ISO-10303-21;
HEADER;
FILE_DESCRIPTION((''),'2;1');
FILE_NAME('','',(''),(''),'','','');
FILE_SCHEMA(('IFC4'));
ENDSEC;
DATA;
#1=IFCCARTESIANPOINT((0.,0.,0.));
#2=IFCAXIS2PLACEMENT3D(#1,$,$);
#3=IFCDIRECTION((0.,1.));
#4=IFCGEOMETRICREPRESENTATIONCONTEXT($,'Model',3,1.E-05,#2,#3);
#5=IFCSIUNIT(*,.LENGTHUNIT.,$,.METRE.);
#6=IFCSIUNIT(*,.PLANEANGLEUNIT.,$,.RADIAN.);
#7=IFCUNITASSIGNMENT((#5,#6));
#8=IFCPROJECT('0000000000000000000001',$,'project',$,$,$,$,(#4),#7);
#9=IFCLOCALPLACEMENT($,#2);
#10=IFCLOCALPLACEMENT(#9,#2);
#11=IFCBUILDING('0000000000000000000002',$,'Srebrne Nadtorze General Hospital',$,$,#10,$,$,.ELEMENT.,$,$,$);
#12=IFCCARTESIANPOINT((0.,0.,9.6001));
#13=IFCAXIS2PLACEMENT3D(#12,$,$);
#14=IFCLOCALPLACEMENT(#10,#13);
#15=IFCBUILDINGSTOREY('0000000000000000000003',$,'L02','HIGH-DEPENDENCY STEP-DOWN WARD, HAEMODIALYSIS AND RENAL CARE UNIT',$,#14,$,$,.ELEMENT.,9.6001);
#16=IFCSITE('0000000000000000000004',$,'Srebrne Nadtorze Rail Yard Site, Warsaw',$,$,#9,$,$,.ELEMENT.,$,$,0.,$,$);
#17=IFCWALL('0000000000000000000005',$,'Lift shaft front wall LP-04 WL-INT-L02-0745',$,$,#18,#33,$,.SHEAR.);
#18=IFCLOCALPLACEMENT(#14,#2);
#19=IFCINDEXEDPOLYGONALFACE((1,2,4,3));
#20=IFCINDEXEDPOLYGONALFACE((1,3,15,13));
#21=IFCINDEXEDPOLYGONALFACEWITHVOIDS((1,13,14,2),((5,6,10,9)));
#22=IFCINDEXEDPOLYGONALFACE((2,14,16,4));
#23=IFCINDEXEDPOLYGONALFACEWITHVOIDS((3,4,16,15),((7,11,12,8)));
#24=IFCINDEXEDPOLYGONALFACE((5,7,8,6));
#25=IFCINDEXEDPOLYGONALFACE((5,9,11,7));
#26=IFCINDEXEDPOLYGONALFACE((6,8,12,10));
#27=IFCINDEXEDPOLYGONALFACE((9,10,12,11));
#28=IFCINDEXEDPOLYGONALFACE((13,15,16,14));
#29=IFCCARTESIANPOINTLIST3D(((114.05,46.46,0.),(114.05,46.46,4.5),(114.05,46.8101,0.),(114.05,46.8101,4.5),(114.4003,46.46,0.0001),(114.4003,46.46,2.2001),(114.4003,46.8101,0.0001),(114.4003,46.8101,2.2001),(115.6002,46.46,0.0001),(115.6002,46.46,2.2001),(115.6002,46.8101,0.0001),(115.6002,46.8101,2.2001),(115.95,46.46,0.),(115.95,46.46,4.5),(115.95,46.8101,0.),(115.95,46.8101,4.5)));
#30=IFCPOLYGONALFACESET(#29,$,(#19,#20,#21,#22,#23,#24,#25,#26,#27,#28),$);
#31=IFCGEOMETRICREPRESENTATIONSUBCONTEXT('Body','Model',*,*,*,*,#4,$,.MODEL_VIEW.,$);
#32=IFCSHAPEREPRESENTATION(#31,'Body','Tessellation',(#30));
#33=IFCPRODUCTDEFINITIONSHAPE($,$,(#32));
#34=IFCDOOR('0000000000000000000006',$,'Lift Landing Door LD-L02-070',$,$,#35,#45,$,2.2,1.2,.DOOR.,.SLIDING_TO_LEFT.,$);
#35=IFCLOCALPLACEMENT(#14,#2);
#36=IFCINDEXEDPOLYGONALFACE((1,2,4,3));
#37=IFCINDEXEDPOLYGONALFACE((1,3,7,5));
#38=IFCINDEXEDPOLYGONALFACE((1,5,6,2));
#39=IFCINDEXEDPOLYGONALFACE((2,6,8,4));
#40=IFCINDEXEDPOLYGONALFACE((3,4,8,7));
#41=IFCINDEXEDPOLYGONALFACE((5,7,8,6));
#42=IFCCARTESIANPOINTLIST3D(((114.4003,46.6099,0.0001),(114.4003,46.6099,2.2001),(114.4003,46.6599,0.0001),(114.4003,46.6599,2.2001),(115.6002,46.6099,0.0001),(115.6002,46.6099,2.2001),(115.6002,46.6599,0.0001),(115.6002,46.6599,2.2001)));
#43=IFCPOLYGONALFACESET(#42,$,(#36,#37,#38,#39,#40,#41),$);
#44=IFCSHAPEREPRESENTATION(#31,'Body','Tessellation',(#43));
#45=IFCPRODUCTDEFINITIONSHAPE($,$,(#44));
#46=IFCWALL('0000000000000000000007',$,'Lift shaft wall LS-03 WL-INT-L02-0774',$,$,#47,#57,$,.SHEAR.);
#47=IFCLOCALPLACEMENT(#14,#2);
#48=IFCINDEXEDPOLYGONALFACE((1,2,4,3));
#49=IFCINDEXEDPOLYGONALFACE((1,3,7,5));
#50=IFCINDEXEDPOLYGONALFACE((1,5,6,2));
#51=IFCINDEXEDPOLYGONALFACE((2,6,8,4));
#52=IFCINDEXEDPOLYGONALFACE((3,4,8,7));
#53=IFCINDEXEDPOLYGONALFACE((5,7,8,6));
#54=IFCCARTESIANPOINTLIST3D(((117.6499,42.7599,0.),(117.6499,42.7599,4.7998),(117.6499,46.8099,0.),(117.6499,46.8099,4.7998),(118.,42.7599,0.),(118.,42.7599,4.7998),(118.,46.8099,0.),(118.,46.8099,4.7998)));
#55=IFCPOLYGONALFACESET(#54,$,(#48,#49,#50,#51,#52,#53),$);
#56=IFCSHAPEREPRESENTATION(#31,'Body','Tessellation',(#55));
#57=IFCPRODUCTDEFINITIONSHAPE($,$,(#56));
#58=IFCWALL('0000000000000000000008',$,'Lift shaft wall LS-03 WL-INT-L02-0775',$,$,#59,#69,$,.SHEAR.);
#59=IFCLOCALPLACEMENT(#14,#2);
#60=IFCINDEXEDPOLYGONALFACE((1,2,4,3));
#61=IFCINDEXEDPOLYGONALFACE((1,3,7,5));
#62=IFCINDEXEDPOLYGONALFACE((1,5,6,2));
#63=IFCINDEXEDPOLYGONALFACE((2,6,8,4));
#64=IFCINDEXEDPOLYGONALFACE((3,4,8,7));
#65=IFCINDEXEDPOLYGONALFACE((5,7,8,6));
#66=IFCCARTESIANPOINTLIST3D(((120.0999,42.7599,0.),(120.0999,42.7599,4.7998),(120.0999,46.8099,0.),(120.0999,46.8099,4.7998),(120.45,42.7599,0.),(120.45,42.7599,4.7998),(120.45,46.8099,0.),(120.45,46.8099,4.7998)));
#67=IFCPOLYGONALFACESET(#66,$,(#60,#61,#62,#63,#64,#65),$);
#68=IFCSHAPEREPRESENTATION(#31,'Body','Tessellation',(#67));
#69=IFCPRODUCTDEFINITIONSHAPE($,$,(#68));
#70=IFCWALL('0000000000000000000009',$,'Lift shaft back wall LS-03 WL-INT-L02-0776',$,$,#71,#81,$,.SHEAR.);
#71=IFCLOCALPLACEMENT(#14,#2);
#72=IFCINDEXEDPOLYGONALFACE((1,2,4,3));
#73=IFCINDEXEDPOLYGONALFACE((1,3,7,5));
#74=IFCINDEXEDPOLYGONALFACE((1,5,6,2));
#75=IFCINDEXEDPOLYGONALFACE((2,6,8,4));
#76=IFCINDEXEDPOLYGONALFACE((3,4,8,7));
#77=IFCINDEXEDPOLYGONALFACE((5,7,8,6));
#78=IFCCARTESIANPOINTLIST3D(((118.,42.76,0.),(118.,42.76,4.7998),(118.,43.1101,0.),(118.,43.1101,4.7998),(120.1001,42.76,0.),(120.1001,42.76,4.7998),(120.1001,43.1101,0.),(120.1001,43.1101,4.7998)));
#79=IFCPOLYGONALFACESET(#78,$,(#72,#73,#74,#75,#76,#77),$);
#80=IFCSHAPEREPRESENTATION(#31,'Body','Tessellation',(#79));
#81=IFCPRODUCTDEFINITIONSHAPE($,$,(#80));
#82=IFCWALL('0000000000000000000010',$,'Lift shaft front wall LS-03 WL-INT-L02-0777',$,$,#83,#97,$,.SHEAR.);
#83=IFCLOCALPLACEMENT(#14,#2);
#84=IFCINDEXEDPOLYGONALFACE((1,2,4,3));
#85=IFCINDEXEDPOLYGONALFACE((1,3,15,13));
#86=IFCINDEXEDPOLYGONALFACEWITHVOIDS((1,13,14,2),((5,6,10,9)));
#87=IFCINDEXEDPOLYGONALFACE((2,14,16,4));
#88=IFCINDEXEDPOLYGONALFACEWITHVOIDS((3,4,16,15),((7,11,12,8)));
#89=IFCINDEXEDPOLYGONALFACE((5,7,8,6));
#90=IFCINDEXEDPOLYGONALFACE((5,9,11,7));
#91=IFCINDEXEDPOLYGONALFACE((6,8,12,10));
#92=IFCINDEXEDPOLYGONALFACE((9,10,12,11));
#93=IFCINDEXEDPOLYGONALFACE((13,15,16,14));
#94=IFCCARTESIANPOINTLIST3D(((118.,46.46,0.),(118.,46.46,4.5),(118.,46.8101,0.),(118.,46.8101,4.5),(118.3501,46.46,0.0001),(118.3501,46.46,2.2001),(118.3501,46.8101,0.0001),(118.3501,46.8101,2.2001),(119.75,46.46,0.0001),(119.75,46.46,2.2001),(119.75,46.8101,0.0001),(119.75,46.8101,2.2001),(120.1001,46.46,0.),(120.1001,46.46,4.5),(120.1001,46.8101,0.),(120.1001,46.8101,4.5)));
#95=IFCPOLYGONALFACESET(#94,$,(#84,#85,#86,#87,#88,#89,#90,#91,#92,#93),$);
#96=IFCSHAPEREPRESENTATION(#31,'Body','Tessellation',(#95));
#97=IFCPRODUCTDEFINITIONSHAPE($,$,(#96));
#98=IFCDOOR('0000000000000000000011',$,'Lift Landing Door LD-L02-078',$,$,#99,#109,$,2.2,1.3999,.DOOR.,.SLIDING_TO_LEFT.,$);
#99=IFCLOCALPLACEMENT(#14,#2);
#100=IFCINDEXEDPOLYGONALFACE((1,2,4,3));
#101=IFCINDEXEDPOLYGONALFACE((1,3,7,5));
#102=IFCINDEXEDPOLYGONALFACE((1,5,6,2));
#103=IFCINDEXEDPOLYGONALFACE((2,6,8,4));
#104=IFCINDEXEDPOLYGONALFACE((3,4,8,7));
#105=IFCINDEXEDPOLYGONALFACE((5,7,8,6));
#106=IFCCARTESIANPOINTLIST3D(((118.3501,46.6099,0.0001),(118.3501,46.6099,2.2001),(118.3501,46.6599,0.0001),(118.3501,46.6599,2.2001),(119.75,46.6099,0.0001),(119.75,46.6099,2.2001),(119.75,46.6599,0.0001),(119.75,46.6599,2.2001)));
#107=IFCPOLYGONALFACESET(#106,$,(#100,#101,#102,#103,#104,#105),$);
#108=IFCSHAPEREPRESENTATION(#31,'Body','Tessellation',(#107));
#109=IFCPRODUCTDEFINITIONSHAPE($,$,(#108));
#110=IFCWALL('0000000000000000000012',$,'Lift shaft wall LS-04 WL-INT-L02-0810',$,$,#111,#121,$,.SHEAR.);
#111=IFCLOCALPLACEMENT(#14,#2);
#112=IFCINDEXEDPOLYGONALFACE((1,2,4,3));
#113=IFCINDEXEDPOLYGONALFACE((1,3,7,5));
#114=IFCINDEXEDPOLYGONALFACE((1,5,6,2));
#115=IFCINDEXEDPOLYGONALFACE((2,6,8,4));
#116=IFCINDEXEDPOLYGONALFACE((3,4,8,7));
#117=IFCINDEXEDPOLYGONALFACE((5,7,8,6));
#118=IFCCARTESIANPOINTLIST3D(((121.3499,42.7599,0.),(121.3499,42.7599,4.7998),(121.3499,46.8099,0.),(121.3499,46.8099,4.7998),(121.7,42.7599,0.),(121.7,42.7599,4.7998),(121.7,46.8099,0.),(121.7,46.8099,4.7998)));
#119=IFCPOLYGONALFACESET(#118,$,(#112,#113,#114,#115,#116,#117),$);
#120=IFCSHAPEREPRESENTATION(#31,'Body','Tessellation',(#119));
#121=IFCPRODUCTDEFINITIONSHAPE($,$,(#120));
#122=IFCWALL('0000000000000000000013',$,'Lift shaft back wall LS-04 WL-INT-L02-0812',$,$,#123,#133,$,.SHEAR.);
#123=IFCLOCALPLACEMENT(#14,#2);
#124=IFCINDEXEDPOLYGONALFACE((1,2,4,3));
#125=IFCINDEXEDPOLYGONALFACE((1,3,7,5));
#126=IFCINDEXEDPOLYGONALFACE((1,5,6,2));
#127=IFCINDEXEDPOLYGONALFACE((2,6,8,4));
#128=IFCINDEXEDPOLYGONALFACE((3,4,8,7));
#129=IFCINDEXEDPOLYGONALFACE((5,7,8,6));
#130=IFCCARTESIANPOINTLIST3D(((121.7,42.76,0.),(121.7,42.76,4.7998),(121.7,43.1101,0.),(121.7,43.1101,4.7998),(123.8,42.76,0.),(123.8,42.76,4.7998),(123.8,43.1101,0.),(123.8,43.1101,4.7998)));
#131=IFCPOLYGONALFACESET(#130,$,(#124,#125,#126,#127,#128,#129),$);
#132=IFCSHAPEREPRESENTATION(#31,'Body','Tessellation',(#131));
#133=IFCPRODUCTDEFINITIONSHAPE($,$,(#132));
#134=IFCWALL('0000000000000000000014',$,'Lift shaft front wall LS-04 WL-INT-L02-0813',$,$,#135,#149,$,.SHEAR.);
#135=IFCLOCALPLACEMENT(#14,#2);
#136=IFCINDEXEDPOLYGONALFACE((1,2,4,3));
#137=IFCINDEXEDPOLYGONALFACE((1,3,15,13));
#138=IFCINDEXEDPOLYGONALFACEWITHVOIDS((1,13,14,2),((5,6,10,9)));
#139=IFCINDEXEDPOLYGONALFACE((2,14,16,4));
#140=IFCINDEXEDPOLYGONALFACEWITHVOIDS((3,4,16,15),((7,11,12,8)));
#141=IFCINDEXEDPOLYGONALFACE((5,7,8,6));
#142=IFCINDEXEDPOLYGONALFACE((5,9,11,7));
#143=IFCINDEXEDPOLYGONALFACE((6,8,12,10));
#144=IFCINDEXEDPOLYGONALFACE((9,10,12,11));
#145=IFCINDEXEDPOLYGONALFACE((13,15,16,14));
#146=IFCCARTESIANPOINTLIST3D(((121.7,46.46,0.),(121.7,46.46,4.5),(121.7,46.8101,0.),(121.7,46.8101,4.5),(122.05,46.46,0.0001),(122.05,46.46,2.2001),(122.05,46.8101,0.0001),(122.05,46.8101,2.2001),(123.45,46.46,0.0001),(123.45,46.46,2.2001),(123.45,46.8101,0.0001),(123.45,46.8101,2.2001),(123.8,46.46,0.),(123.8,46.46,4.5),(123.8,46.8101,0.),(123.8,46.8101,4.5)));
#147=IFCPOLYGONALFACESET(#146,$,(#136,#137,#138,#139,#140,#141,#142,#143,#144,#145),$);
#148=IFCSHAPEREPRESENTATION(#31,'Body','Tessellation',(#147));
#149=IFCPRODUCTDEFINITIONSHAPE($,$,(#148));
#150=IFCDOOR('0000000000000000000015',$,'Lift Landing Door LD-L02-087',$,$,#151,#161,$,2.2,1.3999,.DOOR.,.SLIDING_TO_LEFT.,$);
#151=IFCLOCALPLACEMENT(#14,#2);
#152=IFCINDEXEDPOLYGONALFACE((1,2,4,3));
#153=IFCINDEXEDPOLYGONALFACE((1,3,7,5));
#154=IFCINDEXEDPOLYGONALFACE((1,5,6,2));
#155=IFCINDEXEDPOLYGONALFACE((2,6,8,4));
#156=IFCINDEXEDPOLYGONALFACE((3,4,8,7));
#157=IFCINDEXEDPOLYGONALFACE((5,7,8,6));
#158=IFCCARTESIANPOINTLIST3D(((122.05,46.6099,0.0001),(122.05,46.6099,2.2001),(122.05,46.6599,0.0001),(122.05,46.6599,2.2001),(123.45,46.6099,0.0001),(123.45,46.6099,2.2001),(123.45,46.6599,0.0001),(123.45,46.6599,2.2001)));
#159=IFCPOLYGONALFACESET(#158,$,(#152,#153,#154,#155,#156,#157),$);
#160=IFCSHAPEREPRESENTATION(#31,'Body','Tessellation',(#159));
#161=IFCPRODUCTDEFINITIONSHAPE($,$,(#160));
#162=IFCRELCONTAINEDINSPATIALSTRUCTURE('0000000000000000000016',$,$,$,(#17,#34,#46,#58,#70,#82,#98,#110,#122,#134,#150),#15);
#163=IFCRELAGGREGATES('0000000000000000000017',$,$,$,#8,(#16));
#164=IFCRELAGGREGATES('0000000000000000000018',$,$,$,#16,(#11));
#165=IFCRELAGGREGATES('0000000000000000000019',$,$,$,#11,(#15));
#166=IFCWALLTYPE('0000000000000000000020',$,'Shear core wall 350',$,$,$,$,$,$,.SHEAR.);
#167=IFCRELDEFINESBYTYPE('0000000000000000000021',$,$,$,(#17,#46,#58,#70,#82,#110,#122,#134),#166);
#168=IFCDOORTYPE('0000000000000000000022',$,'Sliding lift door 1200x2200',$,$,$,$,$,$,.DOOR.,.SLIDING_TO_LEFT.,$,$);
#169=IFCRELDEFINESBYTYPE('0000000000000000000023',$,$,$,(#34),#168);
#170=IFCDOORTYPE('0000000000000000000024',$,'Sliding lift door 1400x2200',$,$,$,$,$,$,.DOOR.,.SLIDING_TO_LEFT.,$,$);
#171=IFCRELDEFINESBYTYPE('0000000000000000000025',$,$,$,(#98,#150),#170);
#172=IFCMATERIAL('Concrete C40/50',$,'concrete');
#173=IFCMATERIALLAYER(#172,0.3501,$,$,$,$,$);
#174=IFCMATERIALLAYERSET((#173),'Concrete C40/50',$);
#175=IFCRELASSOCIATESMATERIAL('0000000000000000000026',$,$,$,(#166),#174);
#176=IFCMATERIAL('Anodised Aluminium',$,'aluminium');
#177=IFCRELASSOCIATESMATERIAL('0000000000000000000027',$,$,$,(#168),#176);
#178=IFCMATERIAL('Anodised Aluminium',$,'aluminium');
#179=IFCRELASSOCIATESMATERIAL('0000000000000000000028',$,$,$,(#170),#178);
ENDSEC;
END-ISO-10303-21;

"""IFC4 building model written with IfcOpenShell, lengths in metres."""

from ifc_helpers import new_model, si_unit, direction, frame, frame_2d, origin, place, context, subcontext, project, spatial, rectangle, extrude, material, layer, layer_set, type_object, element, fill, save


model = new_model("IFC4")

# Units and contexts
model_context = context("Model", 3, precision=1e-05, world=origin(), true_north=direction((0.0, 1.0)))
body_context = subcontext(model_context, "Body", "Model", "MODEL_VIEW")
ifc_project = project(units=[si_unit("LENGTHUNIT", "METRE"), si_unit("PLANEANGLEUNIT", "RADIAN")], contexts=[model_context])

# Site, building, storey
site_placement = place(None, origin())
site = spatial("IfcSite", under=ifc_project, at=site_placement, Name="Srebrne Nadtorze Rail Yard Site, Warsaw", CompositionType="ELEMENT", RefElevation=0.0)
building_placement = place(site_placement, origin())
building = spatial("IfcBuilding", under=site, at=building_placement, Name="Srebrne Nadtorze General Hospital", CompositionType="ELEMENT")
storey_placement = place(building_placement, frame((0.0, 0.0, 9.6001)))
storey = spatial("IfcBuildingStorey", under=building, at=storey_placement, Name="L02", Description="HIGH-DEPENDENCY STEP-DOWN WARD, HAEMODIALYSIS AND RENAL CARE UNIT", CompositionType="ELEMENT", Elevation=9.6001)

# Shared definitions
ifc_material_1 = material(Name="Concrete C40/50", Category="concrete")
ifc_layer_1 = layer(ifc_material_1, 0.3501)
ifc_layer_set_1 = layer_set([ifc_layer_1], Name="Concrete C40/50")
wall_type_1 = type_object("IfcWallType", Name="Shear core wall 350", PredefinedType="SHEAR", material=ifc_layer_set_1)

# Shared definitions
ifc_material_2 = material(Name="Anodised Aluminium", Category="aluminium")
door_type_1 = type_object("IfcDoorType", Name="Sliding lift door 1200x2200", OperationType="SLIDING_TO_LEFT", PredefinedType="DOOR", material=ifc_material_2)

# Wall, opening, door
wall_1_placement = place(storey_placement, frame((114.05, 46.635, 0.0), z_axis=(0.0, 0.0, 1.0), x_axis=(1.0, 0.0, 0.0)))
wall_1 = element("IfcWall", 1, at=wall_1_placement, inside=storey, type_object=wall_type_1, Name="Lift shaft front wall LP-04 WL-INT-L02-0745", PredefinedType="SHEAR", context=body_context, shape_type="SweptSolid", body=[
    extrude(rectangle(XDim=1.8999, YDim=0.3501, at=frame_2d((0.95, 0.0))), origin(), (0.0, 0.0, 1.0), 4.5),
])
opening_1_placement = place(wall_1_placement, frame((0.3501, 0.0, 0.0)))
opening_1 = element("IfcOpeningElement", 2, at=opening_1_placement, cuts=wall_1, PredefinedType="OPENING", context=body_context, shape_type="SweptSolid", body=[
    extrude(rectangle(XDim=1.2, YDim=2.2, at=frame_2d((0.6001, 1.1001))), frame((0.0, 0.187, 0.0), z_axis=(0.0, -1.0, 0.0), x_axis=(1.0, 0.0, 0.0)), (0.0, 0.0, 1.0), 0.374),
])
door_1_placement = place(opening_1_placement, origin())
door_1 = element("IfcDoor", 3, at=door_1_placement, inside=storey, type_object=door_type_1, Name="Lift Landing Door LD-L02-070", OperationType="SLIDING_TO_LEFT", OverallHeight=2.2, OverallWidth=1.2, PredefinedType="DOOR", context=body_context, shape_type="SweptSolid", body=[
    extrude(rectangle(XDim=1.2, YDim=2.2, at=frame_2d((0.6001, 1.1001))), frame((0.0, 0.0249, 0.0), z_axis=(0.0, -1.0, 0.0), x_axis=(1.0, 0.0, 0.0)), (0.0, 0.0, 1.0), 0.05),
])
fill(opening_1, door_1)

# Walls
for number, where, z_axis, x_axis, name in (
    (4, (117.825, 42.76, 0.0), (0.0, 0.0, 1.0), (0.0, 1.0, 0.0), "Lift shaft wall LS-03 WL-INT-L02-0774"),
    (5, (120.2749, 42.76, 0.0), (0.0, 0.0, 1.0), (0.0, 1.0, 0.0), "Lift shaft wall LS-03 WL-INT-L02-0775"),
):
    element("IfcWall", number, at=place(storey_placement, frame(where, z_axis=z_axis, x_axis=x_axis)), inside=storey, type_object=wall_type_1, Name=name, PredefinedType="SHEAR", context=body_context, shape_type="SweptSolid", body=[
        extrude(rectangle(XDim=4.05, YDim=0.3501, at=frame_2d((2.0249, 0.0))), origin(), (0.0, 0.0, 1.0), 4.7998),
    ])
wall_2_placement = place(storey_placement, frame((118.0, 42.9351, 0.0), z_axis=(0.0, 0.0, 1.0), x_axis=(1.0, 0.0, 0.0)))
element("IfcWall", 6, at=wall_2_placement, inside=storey, type_object=wall_type_1, Name="Lift shaft back wall LS-03 WL-INT-L02-0776", PredefinedType="SHEAR", context=body_context, shape_type="SweptSolid", body=[
    extrude(rectangle(XDim=2.1001, YDim=0.3501, at=frame_2d((1.05, 0.0))), origin(), (0.0, 0.0, 1.0), 4.7998),
])

# Wall, opening, door
wall_3_placement = place(storey_placement, frame((118.0, 46.635, 0.0), z_axis=(0.0, 0.0, 1.0), x_axis=(1.0, 0.0, 0.0)))
wall_3 = element("IfcWall", 7, at=wall_3_placement, inside=storey, type_object=wall_type_1, Name="Lift shaft front wall LS-03 WL-INT-L02-0777", PredefinedType="SHEAR", context=body_context, shape_type="SweptSolid", body=[
    extrude(rectangle(XDim=2.1001, YDim=0.3501, at=frame_2d((1.05, 0.0))), origin(), (0.0, 0.0, 1.0), 4.5),
])
opening_2_placement = place(wall_3_placement, frame((0.3501, 0.0, 0.0)))
opening_2 = element("IfcOpeningElement", 8, at=opening_2_placement, cuts=wall_3, PredefinedType="OPENING", context=body_context, shape_type="SweptSolid", body=[
    extrude(rectangle(XDim=1.3999, YDim=2.2, at=frame_2d((0.7, 1.1001))), frame((0.0, 0.187, 0.0), z_axis=(0.0, -1.0, 0.0), x_axis=(1.0, 0.0, 0.0)), (0.0, 0.0, 1.0), 0.374),
])
ifc_material_3 = material(Name="Anodised Aluminium", Category="aluminium")
door_type_2 = type_object("IfcDoorType", Name="Sliding lift door 1400x2200", OperationType="SLIDING_TO_LEFT", PredefinedType="DOOR", material=ifc_material_3)
door_2_placement = place(opening_2_placement, origin())
door_2 = element("IfcDoor", 9, at=door_2_placement, inside=storey, type_object=door_type_2, Name="Lift Landing Door LD-L02-078", OperationType="SLIDING_TO_LEFT", OverallHeight=2.2, OverallWidth=1.3999, PredefinedType="DOOR", context=body_context, shape_type="SweptSolid", body=[
    extrude(rectangle(XDim=1.3999, YDim=2.2, at=frame_2d((0.7, 1.1001))), frame((0.0, 0.0249, 0.0), z_axis=(0.0, -1.0, 0.0), x_axis=(1.0, 0.0, 0.0)), (0.0, 0.0, 1.0), 0.05),
])
fill(opening_2, door_2)

# Walls
wall_4_placement = place(storey_placement, frame((121.5249, 42.76, 0.0), z_axis=(0.0, 0.0, 1.0), x_axis=(0.0, 1.0, 0.0)))
element("IfcWall", 10, at=wall_4_placement, inside=storey, type_object=wall_type_1, Name="Lift shaft wall LS-04 WL-INT-L02-0810", PredefinedType="SHEAR", context=body_context, shape_type="SweptSolid", body=[
    extrude(rectangle(XDim=4.05, YDim=0.3501, at=frame_2d((2.0249, 0.0))), origin(), (0.0, 0.0, 1.0), 4.7998),
])
wall_5_placement = place(storey_placement, frame((121.7, 42.9351, 0.0), z_axis=(0.0, 0.0, 1.0), x_axis=(1.0, 0.0, 0.0)))
element("IfcWall", 11, at=wall_5_placement, inside=storey, type_object=wall_type_1, Name="Lift shaft back wall LS-04 WL-INT-L02-0812", PredefinedType="SHEAR", context=body_context, shape_type="SweptSolid", body=[
    extrude(rectangle(XDim=2.1001, YDim=0.3501, at=frame_2d((1.05, 0.0))), origin(), (0.0, 0.0, 1.0), 4.7998),
])

# Wall, opening, door
wall_6_placement = place(storey_placement, frame((121.7, 46.635, 0.0), z_axis=(0.0, 0.0, 1.0), x_axis=(1.0, 0.0, 0.0)))
wall_6 = element("IfcWall", 12, at=wall_6_placement, inside=storey, type_object=wall_type_1, Name="Lift shaft front wall LS-04 WL-INT-L02-0813", PredefinedType="SHEAR", context=body_context, shape_type="SweptSolid", body=[
    extrude(rectangle(XDim=2.1001, YDim=0.3501, at=frame_2d((1.05, 0.0))), origin(), (0.0, 0.0, 1.0), 4.5),
])
opening_3_placement = place(wall_6_placement, frame((0.3501, 0.0, 0.0)))
opening_3 = element("IfcOpeningElement", 13, at=opening_3_placement, cuts=wall_6, PredefinedType="OPENING", context=body_context, shape_type="SweptSolid", body=[
    extrude(rectangle(XDim=1.3999, YDim=2.2, at=frame_2d((0.7, 1.1001))), frame((0.0, 0.187, 0.0), z_axis=(0.0, -1.0, 0.0), x_axis=(1.0, 0.0, 0.0)), (0.0, 0.0, 1.0), 0.374),
])
door_3_placement = place(opening_3_placement, origin())
door_3 = element("IfcDoor", 14, at=door_3_placement, inside=storey, type_object=door_type_2, Name="Lift Landing Door LD-L02-087", OperationType="SLIDING_TO_LEFT", OverallHeight=2.2, OverallWidth=1.3999, PredefinedType="DOOR", context=body_context, shape_type="SweptSolid", body=[
    extrude(rectangle(XDim=1.3999, YDim=2.2, at=frame_2d((0.7, 1.1001))), frame((0.0, 0.0249, 0.0), z_axis=(0.0, -1.0, 0.0), x_axis=(1.0, 0.0, 0.0)), (0.0, 0.0, 1.0), 0.05),
])
fill(opening_3, door_3)

save(model, "model.ifc")
